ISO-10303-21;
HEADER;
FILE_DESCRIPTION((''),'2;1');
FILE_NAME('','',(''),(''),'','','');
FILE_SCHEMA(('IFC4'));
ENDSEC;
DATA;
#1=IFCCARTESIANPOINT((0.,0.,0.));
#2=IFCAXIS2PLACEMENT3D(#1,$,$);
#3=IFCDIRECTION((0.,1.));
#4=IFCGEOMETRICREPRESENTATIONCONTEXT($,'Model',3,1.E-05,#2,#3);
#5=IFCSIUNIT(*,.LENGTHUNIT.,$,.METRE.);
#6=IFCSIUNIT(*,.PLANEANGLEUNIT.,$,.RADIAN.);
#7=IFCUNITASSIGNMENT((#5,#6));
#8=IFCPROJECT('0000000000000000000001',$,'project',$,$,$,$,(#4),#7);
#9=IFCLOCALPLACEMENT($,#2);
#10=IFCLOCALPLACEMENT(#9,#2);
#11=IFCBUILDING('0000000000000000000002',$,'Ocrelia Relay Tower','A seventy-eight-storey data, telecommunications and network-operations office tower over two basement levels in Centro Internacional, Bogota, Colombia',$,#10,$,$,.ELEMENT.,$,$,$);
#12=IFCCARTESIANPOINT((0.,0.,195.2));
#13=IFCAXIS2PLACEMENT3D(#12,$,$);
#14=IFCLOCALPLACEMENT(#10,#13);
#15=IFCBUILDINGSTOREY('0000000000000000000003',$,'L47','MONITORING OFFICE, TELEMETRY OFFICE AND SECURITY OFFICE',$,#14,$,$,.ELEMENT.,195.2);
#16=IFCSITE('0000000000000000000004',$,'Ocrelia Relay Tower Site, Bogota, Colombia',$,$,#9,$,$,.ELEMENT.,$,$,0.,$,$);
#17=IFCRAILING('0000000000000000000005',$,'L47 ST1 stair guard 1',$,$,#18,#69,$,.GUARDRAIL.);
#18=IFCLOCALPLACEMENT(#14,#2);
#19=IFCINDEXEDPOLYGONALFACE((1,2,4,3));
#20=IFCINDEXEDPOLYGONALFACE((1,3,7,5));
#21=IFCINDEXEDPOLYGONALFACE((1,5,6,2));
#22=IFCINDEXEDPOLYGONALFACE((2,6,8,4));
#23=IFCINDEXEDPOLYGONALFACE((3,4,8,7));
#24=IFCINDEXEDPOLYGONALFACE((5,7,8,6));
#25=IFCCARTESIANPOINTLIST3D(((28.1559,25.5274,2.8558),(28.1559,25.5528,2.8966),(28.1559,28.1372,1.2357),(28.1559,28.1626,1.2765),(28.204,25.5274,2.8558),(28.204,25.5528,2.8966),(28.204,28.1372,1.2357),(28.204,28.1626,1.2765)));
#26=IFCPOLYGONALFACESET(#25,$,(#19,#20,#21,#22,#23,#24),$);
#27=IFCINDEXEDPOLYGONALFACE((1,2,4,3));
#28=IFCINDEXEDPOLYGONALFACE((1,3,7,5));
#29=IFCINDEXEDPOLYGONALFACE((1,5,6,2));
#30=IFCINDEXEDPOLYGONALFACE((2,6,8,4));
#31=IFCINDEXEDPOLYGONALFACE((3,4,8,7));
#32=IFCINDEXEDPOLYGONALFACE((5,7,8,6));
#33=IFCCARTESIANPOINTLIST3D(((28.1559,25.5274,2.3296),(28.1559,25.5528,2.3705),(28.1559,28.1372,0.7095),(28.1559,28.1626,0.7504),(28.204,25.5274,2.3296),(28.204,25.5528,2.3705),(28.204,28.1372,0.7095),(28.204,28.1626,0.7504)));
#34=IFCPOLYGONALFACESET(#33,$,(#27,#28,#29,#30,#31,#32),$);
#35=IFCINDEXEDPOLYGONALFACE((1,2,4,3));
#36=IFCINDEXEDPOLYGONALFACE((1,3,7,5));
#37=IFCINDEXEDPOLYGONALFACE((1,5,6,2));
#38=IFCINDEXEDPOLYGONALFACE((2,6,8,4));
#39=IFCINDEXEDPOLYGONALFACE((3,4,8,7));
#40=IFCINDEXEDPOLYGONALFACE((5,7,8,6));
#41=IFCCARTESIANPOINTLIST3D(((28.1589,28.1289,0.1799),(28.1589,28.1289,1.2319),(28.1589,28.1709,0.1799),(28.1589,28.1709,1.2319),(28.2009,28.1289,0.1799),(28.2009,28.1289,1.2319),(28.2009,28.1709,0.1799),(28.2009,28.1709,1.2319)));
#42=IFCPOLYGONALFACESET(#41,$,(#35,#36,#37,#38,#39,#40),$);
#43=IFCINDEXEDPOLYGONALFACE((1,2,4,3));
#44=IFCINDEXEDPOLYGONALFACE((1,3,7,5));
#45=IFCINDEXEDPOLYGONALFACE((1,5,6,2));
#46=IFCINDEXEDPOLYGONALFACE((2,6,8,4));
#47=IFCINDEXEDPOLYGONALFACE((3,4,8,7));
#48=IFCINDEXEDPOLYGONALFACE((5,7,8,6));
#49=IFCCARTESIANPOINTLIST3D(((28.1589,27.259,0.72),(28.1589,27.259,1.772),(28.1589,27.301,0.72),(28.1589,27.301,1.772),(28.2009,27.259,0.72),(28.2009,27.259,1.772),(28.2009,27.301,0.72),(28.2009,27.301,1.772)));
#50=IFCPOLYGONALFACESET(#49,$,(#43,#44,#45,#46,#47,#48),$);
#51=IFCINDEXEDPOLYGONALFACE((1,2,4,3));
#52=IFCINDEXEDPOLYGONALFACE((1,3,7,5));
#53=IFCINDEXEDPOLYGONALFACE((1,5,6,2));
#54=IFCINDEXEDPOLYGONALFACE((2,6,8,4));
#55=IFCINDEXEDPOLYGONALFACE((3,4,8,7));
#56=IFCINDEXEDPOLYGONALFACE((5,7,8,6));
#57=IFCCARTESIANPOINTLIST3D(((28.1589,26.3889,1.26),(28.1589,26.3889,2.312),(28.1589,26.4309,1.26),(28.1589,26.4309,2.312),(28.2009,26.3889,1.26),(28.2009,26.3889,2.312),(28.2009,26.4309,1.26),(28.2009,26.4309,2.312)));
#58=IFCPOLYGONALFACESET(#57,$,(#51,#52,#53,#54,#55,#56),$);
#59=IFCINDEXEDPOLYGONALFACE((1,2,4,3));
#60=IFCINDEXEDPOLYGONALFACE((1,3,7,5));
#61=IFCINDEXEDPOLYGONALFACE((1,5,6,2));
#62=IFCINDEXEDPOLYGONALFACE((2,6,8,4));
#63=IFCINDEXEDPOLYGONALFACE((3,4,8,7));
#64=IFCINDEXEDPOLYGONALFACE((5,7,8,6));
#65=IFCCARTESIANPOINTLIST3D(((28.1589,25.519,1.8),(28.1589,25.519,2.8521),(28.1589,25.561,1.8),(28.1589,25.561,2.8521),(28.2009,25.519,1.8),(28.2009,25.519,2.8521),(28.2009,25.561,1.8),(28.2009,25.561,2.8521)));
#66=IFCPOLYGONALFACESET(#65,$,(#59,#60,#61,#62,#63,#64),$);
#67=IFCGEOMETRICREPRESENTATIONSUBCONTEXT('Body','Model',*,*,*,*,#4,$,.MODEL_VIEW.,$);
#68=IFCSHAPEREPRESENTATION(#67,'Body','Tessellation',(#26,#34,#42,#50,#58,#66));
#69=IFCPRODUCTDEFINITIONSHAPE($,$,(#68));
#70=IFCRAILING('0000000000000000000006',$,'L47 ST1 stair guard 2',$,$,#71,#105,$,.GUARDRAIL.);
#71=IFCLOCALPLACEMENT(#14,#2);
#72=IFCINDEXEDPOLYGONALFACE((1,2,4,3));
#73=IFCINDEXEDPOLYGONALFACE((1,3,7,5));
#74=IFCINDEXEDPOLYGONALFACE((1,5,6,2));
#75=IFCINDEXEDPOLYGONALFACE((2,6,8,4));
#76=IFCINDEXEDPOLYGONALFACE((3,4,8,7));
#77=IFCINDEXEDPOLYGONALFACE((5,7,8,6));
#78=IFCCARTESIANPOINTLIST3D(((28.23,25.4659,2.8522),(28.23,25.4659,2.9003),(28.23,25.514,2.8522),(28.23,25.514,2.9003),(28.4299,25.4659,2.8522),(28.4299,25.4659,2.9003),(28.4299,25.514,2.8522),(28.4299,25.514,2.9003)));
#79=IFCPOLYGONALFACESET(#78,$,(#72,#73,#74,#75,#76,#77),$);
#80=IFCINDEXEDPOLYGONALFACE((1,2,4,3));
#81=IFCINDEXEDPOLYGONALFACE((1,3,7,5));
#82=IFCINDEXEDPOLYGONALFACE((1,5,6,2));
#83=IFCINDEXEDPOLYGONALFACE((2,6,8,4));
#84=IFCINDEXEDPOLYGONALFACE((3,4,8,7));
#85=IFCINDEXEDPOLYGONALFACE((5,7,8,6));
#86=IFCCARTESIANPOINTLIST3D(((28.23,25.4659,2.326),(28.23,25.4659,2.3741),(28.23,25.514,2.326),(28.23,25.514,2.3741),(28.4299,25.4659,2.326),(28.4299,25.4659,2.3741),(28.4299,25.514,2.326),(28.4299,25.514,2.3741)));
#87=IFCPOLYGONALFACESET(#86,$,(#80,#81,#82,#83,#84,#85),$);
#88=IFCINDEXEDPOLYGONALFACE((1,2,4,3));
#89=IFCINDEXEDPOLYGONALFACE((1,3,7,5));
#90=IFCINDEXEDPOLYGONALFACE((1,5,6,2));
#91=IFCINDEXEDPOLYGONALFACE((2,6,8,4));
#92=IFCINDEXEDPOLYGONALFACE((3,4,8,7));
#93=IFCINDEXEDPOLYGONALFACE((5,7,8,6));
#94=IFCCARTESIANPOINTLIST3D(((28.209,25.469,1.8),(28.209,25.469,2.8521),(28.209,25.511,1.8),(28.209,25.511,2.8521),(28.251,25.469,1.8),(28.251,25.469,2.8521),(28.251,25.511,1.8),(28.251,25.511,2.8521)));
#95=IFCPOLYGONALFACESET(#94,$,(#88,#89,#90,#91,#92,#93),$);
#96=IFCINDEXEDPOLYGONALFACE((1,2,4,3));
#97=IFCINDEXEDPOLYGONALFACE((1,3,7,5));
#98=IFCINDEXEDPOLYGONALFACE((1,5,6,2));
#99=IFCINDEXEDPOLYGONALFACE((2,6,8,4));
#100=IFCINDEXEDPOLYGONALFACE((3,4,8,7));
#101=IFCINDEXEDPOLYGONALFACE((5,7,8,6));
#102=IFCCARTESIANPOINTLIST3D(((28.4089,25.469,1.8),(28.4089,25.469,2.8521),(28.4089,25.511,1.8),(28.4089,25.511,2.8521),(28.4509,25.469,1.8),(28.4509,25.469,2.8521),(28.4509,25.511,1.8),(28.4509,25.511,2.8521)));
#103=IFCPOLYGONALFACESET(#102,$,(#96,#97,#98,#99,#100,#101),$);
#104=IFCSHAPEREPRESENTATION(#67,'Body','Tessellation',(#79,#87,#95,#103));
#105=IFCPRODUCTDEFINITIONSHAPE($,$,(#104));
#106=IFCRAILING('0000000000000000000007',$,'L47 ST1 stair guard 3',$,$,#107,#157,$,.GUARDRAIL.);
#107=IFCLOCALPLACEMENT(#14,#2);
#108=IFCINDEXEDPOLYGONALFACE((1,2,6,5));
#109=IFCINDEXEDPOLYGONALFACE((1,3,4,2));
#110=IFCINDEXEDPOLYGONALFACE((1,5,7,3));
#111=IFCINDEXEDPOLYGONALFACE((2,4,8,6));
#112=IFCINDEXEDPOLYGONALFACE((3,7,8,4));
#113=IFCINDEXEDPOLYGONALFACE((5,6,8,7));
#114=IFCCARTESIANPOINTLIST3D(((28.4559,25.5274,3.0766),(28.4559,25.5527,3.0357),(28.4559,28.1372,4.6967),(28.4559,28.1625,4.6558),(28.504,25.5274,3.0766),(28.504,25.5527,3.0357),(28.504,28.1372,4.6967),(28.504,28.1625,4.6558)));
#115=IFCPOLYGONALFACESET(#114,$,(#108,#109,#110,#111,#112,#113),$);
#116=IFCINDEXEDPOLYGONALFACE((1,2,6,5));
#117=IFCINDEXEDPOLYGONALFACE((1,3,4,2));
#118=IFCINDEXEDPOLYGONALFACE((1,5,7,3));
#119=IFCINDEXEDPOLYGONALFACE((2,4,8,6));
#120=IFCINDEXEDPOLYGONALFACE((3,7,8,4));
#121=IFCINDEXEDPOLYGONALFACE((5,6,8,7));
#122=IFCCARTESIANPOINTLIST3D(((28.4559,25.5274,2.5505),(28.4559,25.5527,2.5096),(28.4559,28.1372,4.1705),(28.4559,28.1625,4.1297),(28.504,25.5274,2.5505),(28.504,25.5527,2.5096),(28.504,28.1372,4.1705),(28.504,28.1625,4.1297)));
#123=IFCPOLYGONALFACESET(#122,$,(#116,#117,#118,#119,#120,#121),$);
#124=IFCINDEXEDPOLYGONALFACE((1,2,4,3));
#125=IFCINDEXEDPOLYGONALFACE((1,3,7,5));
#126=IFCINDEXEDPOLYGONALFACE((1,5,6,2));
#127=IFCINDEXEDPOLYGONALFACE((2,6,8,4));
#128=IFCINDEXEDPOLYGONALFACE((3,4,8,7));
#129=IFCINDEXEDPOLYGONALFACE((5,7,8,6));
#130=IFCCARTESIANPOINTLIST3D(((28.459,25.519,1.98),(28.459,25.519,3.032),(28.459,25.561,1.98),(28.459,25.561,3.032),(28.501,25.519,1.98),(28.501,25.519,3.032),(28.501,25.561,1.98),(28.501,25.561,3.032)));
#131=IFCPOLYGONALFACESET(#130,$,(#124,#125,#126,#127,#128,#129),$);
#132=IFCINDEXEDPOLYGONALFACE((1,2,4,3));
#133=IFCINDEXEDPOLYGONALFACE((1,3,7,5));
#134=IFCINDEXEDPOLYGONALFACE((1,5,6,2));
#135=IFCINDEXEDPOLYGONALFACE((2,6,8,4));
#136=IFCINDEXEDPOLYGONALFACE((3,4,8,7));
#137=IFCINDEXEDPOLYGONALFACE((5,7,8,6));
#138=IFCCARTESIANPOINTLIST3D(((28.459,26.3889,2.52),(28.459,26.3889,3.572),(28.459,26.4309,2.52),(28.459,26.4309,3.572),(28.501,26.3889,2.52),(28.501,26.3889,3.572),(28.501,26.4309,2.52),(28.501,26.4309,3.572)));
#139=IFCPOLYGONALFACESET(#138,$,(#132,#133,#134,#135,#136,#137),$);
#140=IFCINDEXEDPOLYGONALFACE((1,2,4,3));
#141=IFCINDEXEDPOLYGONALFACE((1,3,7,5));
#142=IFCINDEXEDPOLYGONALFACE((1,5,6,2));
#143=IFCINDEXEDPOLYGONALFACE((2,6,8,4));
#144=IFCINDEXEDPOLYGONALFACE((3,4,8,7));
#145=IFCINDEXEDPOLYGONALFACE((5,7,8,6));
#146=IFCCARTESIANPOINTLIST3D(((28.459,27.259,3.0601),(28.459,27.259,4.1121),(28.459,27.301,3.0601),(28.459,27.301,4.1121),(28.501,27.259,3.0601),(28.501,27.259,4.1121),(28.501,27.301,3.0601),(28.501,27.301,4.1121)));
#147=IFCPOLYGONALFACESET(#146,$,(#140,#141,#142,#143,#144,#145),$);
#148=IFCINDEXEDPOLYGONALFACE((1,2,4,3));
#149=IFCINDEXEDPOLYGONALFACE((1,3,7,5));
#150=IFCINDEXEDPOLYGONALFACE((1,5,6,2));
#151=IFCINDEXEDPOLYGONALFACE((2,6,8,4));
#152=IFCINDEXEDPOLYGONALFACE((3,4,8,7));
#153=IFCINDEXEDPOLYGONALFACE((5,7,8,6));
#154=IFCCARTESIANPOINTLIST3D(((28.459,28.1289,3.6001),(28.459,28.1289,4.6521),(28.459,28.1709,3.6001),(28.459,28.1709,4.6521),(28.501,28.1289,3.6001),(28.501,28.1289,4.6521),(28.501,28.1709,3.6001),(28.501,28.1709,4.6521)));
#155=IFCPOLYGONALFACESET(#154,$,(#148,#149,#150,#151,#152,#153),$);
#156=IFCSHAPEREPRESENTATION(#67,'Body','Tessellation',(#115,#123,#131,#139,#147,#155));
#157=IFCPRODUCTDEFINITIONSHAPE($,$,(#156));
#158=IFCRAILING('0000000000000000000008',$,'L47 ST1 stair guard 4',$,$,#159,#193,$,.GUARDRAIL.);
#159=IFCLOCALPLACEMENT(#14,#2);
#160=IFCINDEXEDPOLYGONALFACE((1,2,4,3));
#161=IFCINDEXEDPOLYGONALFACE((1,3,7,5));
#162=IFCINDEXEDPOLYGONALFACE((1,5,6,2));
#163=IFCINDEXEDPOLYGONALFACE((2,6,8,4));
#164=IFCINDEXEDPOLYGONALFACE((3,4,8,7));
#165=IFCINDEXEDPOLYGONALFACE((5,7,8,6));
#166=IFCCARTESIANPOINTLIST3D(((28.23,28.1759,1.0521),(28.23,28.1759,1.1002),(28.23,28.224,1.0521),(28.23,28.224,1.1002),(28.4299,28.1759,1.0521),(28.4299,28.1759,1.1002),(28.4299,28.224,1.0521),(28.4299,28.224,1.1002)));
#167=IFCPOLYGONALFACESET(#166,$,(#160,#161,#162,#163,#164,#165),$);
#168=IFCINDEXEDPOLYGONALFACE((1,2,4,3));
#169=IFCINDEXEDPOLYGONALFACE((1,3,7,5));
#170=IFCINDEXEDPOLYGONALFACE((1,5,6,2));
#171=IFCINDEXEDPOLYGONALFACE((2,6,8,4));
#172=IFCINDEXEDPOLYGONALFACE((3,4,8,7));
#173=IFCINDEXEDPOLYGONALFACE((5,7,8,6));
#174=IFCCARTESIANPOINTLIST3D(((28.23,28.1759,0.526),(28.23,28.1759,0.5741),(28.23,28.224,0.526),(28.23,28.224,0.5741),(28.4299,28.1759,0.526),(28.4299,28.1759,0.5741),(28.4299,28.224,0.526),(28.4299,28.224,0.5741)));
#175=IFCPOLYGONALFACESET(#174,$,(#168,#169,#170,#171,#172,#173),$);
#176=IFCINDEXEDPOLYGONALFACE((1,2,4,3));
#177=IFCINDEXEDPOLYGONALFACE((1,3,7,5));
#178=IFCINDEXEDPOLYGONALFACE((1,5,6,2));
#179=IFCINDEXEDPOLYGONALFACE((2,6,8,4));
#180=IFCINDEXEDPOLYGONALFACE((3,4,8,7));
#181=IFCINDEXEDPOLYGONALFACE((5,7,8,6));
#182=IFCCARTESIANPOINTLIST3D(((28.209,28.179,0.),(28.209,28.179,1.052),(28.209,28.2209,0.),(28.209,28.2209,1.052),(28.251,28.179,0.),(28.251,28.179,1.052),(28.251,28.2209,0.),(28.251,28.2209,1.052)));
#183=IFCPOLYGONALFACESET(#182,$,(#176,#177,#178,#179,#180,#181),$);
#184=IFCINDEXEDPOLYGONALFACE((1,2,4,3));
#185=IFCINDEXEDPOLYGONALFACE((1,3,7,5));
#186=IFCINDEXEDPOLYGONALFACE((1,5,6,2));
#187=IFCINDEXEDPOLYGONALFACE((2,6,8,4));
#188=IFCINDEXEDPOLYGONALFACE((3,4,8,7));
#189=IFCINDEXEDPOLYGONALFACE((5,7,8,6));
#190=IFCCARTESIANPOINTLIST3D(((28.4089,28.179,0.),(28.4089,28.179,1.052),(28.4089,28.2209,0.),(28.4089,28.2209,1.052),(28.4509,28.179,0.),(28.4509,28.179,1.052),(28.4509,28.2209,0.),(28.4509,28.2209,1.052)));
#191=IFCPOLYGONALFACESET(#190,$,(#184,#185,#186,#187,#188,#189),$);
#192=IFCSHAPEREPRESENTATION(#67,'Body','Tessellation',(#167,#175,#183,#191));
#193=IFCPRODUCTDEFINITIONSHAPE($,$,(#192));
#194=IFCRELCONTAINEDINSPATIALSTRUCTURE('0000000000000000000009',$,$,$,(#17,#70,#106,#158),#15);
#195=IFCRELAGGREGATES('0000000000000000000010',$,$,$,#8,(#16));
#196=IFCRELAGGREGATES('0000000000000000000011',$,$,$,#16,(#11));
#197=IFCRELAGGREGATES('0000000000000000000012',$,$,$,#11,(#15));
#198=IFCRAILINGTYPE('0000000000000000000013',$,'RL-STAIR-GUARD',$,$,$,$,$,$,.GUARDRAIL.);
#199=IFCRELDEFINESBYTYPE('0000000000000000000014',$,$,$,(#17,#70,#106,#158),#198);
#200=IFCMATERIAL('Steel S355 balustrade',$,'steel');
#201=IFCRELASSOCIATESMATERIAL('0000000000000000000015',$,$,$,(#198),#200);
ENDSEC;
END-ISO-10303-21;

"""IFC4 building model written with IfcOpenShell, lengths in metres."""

from ifc_helpers import new_model, si_unit, direction, frame, origin, origin_2d, place, context, subcontext, project, spatial, rectangle, extrude, material, type_object, element, save


model = new_model("IFC4")

# Units and contexts
model_context = context("Model", 3, precision=1e-05, world=origin(), true_north=direction((0.0, 1.0)))
body_context = subcontext(model_context, "Body", "Model", "MODEL_VIEW")
ifc_project = project(units=[si_unit("LENGTHUNIT", "METRE"), si_unit("PLANEANGLEUNIT", "RADIAN")], contexts=[model_context])

# Site, building, storey
site_placement = place(None, origin())
site = spatial("IfcSite", under=ifc_project, at=site_placement, Name="Ocrelia Relay Tower Site, Bogota, Colombia", CompositionType="ELEMENT", RefElevation=0.0)
building_placement = place(site_placement, origin())
building = spatial("IfcBuilding", under=site, at=building_placement, Name="Ocrelia Relay Tower", Description="A seventy-eight-storey data, telecommunications and network-operations office tower over two basement levels in Centro Internacional, Bogota, Colombia", CompositionType="ELEMENT")
storey_placement = place(building_placement, frame((0.0, 0.0, 195.2)))
storey = spatial("IfcBuildingStorey", under=building, at=storey_placement, Name="L47", Description="MONITORING OFFICE, TELEMETRY OFFICE AND SECURITY OFFICE", CompositionType="ELEMENT", Elevation=195.2)

# Railings
ifc_material_1 = material(Name="Steel S355 balustrade", Category="steel")
railing_type_1 = type_object("IfcRailingType", Name="RL-STAIR-GUARD", PredefinedType="GUARDRAIL", material=ifc_material_1)
railing_1_placement = place(storey_placement, frame((28.1799, 28.1499, 0.1799)))
element("IfcRailing", 1, at=railing_1_placement, inside=storey, type_object=railing_type_1, Name="L47 ST1 stair guard 1", PredefinedType="GUARDRAIL", context=body_context, shape_type="SweptSolid", body=[
    extrude(rectangle(XDim=0.0481, YDim=0.0481, at=origin_2d()), frame((0.0, 0.0, 1.0762), z_axis=(0.0, -0.849611, 0.52741), x_axis=(1.0, 0.0, 0.0)), (0.0, 0.0, 1.0), 3.0718),
    extrude(rectangle(XDim=0.0481, YDim=0.0481, at=origin_2d()), frame((0.0, 0.0, 0.55), z_axis=(0.0, -0.849611, 0.52741), x_axis=(1.0, 0.0, 0.0)), (0.0, 0.0, 1.0), 3.0718),
    extrude(rectangle(XDim=0.042, YDim=0.042, at=origin_2d()), origin(), (0.0, 0.0, 1.0), 1.052),
    extrude(rectangle(XDim=0.042, YDim=0.042, at=origin_2d()), frame((0.0, -0.8699, 0.54)), (0.0, 0.0, 1.0), 1.052),
    extrude(rectangle(XDim=0.042, YDim=0.042, at=origin_2d()), frame((0.0, -1.74, 1.0801)), (0.0, 0.0, 1.0), 1.052),
    extrude(rectangle(XDim=0.042, YDim=0.042, at=origin_2d()), frame((0.0, -2.6099, 1.6201)), (0.0, 0.0, 1.0), 1.052),
])
railing_2_placement = place(storey_placement, frame((28.23, 25.49, 1.8)))
element("IfcRailing", 2, at=railing_2_placement, inside=storey, type_object=railing_type_1, Name="L47 ST1 stair guard 2", PredefinedType="GUARDRAIL", context=body_context, shape_type="SweptSolid", body=[
    extrude(rectangle(XDim=0.0481, YDim=0.0481, at=origin_2d()), frame((0.0, 0.0, 1.0762), z_axis=(1.0, 0.0, 0.0), x_axis=(0.0, 1.0, 0.0)), (0.0, 0.0, 1.0), 0.2),
    extrude(rectangle(XDim=0.0481, YDim=0.0481, at=origin_2d()), frame((0.0, 0.0, 0.55), z_axis=(1.0, 0.0, 0.0), x_axis=(0.0, 1.0, 0.0)), (0.0, 0.0, 1.0), 0.2),
    extrude(rectangle(XDim=0.042, YDim=0.042, at=origin_2d()), origin(), (0.0, 0.0, 1.0), 1.052),
    extrude(rectangle(XDim=0.042, YDim=0.042, at=origin_2d()), frame((0.2, 0.0, 0.0)), (0.0, 0.0, 1.0), 1.052),
])
railing_3_placement = place(storey_placement, frame((28.48, 25.54, 1.98)))
element("IfcRailing", 3, at=railing_3_placement, inside=storey, type_object=railing_type_1, Name="L47 ST1 stair guard 3", PredefinedType="GUARDRAIL", context=body_context, shape_type="SweptSolid", body=[
    extrude(rectangle(XDim=0.0481, YDim=0.0481, at=origin_2d()), frame((0.0, 0.0, 1.0762), z_axis=(0.0, 0.849611, 0.52741), x_axis=(-1.0, 0.0, 0.0)), (0.0, 0.0, 1.0), 3.0718),
    extrude(rectangle(XDim=0.0481, YDim=0.0481, at=origin_2d()), frame((0.0, 0.0, 0.55), z_axis=(0.0, 0.849611, 0.52741), x_axis=(-1.0, 0.0, 0.0)), (0.0, 0.0, 1.0), 3.0718),
    extrude(rectangle(XDim=0.042, YDim=0.042, at=origin_2d()), origin(), (0.0, 0.0, 1.0), 1.052),
    extrude(rectangle(XDim=0.042, YDim=0.042, at=origin_2d()), frame((0.0, 0.8699, 0.54)), (0.0, 0.0, 1.0), 1.052),
    extrude(rectangle(XDim=0.042, YDim=0.042, at=origin_2d()), frame((0.0, 1.74, 1.0801)), (0.0, 0.0, 1.0), 1.052),
    extrude(rectangle(XDim=0.042, YDim=0.042, at=origin_2d()), frame((0.0, 2.6099, 1.6201)), (0.0, 0.0, 1.0), 1.052),
])
railing_4_placement = place(storey_placement, frame((28.23, 28.2, 0.0)))
element("IfcRailing", 4, at=railing_4_placement, inside=storey, type_object=railing_type_1, Name="L47 ST1 stair guard 4", PredefinedType="GUARDRAIL", context=body_context, shape_type="SweptSolid", body=[
    extrude(rectangle(XDim=0.0481, YDim=0.0481, at=origin_2d()), frame((0.0, 0.0, 1.0762), z_axis=(1.0, 0.0, 0.0), x_axis=(0.0, 1.0, 0.0)), (0.0, 0.0, 1.0), 0.2),
    extrude(rectangle(XDim=0.0481, YDim=0.0481, at=origin_2d()), frame((0.0, 0.0, 0.55), z_axis=(1.0, 0.0, 0.0), x_axis=(0.0, 1.0, 0.0)), (0.0, 0.0, 1.0), 0.2),
    extrude(rectangle(XDim=0.042, YDim=0.042, at=origin_2d()), origin(), (0.0, 0.0, 1.0), 1.052),
    extrude(rectangle(XDim=0.042, YDim=0.042, at=origin_2d()), frame((0.2, 0.0, 0.0)), (0.0, 0.0, 1.0), 1.052),
])

save(model, "model.ifc")
